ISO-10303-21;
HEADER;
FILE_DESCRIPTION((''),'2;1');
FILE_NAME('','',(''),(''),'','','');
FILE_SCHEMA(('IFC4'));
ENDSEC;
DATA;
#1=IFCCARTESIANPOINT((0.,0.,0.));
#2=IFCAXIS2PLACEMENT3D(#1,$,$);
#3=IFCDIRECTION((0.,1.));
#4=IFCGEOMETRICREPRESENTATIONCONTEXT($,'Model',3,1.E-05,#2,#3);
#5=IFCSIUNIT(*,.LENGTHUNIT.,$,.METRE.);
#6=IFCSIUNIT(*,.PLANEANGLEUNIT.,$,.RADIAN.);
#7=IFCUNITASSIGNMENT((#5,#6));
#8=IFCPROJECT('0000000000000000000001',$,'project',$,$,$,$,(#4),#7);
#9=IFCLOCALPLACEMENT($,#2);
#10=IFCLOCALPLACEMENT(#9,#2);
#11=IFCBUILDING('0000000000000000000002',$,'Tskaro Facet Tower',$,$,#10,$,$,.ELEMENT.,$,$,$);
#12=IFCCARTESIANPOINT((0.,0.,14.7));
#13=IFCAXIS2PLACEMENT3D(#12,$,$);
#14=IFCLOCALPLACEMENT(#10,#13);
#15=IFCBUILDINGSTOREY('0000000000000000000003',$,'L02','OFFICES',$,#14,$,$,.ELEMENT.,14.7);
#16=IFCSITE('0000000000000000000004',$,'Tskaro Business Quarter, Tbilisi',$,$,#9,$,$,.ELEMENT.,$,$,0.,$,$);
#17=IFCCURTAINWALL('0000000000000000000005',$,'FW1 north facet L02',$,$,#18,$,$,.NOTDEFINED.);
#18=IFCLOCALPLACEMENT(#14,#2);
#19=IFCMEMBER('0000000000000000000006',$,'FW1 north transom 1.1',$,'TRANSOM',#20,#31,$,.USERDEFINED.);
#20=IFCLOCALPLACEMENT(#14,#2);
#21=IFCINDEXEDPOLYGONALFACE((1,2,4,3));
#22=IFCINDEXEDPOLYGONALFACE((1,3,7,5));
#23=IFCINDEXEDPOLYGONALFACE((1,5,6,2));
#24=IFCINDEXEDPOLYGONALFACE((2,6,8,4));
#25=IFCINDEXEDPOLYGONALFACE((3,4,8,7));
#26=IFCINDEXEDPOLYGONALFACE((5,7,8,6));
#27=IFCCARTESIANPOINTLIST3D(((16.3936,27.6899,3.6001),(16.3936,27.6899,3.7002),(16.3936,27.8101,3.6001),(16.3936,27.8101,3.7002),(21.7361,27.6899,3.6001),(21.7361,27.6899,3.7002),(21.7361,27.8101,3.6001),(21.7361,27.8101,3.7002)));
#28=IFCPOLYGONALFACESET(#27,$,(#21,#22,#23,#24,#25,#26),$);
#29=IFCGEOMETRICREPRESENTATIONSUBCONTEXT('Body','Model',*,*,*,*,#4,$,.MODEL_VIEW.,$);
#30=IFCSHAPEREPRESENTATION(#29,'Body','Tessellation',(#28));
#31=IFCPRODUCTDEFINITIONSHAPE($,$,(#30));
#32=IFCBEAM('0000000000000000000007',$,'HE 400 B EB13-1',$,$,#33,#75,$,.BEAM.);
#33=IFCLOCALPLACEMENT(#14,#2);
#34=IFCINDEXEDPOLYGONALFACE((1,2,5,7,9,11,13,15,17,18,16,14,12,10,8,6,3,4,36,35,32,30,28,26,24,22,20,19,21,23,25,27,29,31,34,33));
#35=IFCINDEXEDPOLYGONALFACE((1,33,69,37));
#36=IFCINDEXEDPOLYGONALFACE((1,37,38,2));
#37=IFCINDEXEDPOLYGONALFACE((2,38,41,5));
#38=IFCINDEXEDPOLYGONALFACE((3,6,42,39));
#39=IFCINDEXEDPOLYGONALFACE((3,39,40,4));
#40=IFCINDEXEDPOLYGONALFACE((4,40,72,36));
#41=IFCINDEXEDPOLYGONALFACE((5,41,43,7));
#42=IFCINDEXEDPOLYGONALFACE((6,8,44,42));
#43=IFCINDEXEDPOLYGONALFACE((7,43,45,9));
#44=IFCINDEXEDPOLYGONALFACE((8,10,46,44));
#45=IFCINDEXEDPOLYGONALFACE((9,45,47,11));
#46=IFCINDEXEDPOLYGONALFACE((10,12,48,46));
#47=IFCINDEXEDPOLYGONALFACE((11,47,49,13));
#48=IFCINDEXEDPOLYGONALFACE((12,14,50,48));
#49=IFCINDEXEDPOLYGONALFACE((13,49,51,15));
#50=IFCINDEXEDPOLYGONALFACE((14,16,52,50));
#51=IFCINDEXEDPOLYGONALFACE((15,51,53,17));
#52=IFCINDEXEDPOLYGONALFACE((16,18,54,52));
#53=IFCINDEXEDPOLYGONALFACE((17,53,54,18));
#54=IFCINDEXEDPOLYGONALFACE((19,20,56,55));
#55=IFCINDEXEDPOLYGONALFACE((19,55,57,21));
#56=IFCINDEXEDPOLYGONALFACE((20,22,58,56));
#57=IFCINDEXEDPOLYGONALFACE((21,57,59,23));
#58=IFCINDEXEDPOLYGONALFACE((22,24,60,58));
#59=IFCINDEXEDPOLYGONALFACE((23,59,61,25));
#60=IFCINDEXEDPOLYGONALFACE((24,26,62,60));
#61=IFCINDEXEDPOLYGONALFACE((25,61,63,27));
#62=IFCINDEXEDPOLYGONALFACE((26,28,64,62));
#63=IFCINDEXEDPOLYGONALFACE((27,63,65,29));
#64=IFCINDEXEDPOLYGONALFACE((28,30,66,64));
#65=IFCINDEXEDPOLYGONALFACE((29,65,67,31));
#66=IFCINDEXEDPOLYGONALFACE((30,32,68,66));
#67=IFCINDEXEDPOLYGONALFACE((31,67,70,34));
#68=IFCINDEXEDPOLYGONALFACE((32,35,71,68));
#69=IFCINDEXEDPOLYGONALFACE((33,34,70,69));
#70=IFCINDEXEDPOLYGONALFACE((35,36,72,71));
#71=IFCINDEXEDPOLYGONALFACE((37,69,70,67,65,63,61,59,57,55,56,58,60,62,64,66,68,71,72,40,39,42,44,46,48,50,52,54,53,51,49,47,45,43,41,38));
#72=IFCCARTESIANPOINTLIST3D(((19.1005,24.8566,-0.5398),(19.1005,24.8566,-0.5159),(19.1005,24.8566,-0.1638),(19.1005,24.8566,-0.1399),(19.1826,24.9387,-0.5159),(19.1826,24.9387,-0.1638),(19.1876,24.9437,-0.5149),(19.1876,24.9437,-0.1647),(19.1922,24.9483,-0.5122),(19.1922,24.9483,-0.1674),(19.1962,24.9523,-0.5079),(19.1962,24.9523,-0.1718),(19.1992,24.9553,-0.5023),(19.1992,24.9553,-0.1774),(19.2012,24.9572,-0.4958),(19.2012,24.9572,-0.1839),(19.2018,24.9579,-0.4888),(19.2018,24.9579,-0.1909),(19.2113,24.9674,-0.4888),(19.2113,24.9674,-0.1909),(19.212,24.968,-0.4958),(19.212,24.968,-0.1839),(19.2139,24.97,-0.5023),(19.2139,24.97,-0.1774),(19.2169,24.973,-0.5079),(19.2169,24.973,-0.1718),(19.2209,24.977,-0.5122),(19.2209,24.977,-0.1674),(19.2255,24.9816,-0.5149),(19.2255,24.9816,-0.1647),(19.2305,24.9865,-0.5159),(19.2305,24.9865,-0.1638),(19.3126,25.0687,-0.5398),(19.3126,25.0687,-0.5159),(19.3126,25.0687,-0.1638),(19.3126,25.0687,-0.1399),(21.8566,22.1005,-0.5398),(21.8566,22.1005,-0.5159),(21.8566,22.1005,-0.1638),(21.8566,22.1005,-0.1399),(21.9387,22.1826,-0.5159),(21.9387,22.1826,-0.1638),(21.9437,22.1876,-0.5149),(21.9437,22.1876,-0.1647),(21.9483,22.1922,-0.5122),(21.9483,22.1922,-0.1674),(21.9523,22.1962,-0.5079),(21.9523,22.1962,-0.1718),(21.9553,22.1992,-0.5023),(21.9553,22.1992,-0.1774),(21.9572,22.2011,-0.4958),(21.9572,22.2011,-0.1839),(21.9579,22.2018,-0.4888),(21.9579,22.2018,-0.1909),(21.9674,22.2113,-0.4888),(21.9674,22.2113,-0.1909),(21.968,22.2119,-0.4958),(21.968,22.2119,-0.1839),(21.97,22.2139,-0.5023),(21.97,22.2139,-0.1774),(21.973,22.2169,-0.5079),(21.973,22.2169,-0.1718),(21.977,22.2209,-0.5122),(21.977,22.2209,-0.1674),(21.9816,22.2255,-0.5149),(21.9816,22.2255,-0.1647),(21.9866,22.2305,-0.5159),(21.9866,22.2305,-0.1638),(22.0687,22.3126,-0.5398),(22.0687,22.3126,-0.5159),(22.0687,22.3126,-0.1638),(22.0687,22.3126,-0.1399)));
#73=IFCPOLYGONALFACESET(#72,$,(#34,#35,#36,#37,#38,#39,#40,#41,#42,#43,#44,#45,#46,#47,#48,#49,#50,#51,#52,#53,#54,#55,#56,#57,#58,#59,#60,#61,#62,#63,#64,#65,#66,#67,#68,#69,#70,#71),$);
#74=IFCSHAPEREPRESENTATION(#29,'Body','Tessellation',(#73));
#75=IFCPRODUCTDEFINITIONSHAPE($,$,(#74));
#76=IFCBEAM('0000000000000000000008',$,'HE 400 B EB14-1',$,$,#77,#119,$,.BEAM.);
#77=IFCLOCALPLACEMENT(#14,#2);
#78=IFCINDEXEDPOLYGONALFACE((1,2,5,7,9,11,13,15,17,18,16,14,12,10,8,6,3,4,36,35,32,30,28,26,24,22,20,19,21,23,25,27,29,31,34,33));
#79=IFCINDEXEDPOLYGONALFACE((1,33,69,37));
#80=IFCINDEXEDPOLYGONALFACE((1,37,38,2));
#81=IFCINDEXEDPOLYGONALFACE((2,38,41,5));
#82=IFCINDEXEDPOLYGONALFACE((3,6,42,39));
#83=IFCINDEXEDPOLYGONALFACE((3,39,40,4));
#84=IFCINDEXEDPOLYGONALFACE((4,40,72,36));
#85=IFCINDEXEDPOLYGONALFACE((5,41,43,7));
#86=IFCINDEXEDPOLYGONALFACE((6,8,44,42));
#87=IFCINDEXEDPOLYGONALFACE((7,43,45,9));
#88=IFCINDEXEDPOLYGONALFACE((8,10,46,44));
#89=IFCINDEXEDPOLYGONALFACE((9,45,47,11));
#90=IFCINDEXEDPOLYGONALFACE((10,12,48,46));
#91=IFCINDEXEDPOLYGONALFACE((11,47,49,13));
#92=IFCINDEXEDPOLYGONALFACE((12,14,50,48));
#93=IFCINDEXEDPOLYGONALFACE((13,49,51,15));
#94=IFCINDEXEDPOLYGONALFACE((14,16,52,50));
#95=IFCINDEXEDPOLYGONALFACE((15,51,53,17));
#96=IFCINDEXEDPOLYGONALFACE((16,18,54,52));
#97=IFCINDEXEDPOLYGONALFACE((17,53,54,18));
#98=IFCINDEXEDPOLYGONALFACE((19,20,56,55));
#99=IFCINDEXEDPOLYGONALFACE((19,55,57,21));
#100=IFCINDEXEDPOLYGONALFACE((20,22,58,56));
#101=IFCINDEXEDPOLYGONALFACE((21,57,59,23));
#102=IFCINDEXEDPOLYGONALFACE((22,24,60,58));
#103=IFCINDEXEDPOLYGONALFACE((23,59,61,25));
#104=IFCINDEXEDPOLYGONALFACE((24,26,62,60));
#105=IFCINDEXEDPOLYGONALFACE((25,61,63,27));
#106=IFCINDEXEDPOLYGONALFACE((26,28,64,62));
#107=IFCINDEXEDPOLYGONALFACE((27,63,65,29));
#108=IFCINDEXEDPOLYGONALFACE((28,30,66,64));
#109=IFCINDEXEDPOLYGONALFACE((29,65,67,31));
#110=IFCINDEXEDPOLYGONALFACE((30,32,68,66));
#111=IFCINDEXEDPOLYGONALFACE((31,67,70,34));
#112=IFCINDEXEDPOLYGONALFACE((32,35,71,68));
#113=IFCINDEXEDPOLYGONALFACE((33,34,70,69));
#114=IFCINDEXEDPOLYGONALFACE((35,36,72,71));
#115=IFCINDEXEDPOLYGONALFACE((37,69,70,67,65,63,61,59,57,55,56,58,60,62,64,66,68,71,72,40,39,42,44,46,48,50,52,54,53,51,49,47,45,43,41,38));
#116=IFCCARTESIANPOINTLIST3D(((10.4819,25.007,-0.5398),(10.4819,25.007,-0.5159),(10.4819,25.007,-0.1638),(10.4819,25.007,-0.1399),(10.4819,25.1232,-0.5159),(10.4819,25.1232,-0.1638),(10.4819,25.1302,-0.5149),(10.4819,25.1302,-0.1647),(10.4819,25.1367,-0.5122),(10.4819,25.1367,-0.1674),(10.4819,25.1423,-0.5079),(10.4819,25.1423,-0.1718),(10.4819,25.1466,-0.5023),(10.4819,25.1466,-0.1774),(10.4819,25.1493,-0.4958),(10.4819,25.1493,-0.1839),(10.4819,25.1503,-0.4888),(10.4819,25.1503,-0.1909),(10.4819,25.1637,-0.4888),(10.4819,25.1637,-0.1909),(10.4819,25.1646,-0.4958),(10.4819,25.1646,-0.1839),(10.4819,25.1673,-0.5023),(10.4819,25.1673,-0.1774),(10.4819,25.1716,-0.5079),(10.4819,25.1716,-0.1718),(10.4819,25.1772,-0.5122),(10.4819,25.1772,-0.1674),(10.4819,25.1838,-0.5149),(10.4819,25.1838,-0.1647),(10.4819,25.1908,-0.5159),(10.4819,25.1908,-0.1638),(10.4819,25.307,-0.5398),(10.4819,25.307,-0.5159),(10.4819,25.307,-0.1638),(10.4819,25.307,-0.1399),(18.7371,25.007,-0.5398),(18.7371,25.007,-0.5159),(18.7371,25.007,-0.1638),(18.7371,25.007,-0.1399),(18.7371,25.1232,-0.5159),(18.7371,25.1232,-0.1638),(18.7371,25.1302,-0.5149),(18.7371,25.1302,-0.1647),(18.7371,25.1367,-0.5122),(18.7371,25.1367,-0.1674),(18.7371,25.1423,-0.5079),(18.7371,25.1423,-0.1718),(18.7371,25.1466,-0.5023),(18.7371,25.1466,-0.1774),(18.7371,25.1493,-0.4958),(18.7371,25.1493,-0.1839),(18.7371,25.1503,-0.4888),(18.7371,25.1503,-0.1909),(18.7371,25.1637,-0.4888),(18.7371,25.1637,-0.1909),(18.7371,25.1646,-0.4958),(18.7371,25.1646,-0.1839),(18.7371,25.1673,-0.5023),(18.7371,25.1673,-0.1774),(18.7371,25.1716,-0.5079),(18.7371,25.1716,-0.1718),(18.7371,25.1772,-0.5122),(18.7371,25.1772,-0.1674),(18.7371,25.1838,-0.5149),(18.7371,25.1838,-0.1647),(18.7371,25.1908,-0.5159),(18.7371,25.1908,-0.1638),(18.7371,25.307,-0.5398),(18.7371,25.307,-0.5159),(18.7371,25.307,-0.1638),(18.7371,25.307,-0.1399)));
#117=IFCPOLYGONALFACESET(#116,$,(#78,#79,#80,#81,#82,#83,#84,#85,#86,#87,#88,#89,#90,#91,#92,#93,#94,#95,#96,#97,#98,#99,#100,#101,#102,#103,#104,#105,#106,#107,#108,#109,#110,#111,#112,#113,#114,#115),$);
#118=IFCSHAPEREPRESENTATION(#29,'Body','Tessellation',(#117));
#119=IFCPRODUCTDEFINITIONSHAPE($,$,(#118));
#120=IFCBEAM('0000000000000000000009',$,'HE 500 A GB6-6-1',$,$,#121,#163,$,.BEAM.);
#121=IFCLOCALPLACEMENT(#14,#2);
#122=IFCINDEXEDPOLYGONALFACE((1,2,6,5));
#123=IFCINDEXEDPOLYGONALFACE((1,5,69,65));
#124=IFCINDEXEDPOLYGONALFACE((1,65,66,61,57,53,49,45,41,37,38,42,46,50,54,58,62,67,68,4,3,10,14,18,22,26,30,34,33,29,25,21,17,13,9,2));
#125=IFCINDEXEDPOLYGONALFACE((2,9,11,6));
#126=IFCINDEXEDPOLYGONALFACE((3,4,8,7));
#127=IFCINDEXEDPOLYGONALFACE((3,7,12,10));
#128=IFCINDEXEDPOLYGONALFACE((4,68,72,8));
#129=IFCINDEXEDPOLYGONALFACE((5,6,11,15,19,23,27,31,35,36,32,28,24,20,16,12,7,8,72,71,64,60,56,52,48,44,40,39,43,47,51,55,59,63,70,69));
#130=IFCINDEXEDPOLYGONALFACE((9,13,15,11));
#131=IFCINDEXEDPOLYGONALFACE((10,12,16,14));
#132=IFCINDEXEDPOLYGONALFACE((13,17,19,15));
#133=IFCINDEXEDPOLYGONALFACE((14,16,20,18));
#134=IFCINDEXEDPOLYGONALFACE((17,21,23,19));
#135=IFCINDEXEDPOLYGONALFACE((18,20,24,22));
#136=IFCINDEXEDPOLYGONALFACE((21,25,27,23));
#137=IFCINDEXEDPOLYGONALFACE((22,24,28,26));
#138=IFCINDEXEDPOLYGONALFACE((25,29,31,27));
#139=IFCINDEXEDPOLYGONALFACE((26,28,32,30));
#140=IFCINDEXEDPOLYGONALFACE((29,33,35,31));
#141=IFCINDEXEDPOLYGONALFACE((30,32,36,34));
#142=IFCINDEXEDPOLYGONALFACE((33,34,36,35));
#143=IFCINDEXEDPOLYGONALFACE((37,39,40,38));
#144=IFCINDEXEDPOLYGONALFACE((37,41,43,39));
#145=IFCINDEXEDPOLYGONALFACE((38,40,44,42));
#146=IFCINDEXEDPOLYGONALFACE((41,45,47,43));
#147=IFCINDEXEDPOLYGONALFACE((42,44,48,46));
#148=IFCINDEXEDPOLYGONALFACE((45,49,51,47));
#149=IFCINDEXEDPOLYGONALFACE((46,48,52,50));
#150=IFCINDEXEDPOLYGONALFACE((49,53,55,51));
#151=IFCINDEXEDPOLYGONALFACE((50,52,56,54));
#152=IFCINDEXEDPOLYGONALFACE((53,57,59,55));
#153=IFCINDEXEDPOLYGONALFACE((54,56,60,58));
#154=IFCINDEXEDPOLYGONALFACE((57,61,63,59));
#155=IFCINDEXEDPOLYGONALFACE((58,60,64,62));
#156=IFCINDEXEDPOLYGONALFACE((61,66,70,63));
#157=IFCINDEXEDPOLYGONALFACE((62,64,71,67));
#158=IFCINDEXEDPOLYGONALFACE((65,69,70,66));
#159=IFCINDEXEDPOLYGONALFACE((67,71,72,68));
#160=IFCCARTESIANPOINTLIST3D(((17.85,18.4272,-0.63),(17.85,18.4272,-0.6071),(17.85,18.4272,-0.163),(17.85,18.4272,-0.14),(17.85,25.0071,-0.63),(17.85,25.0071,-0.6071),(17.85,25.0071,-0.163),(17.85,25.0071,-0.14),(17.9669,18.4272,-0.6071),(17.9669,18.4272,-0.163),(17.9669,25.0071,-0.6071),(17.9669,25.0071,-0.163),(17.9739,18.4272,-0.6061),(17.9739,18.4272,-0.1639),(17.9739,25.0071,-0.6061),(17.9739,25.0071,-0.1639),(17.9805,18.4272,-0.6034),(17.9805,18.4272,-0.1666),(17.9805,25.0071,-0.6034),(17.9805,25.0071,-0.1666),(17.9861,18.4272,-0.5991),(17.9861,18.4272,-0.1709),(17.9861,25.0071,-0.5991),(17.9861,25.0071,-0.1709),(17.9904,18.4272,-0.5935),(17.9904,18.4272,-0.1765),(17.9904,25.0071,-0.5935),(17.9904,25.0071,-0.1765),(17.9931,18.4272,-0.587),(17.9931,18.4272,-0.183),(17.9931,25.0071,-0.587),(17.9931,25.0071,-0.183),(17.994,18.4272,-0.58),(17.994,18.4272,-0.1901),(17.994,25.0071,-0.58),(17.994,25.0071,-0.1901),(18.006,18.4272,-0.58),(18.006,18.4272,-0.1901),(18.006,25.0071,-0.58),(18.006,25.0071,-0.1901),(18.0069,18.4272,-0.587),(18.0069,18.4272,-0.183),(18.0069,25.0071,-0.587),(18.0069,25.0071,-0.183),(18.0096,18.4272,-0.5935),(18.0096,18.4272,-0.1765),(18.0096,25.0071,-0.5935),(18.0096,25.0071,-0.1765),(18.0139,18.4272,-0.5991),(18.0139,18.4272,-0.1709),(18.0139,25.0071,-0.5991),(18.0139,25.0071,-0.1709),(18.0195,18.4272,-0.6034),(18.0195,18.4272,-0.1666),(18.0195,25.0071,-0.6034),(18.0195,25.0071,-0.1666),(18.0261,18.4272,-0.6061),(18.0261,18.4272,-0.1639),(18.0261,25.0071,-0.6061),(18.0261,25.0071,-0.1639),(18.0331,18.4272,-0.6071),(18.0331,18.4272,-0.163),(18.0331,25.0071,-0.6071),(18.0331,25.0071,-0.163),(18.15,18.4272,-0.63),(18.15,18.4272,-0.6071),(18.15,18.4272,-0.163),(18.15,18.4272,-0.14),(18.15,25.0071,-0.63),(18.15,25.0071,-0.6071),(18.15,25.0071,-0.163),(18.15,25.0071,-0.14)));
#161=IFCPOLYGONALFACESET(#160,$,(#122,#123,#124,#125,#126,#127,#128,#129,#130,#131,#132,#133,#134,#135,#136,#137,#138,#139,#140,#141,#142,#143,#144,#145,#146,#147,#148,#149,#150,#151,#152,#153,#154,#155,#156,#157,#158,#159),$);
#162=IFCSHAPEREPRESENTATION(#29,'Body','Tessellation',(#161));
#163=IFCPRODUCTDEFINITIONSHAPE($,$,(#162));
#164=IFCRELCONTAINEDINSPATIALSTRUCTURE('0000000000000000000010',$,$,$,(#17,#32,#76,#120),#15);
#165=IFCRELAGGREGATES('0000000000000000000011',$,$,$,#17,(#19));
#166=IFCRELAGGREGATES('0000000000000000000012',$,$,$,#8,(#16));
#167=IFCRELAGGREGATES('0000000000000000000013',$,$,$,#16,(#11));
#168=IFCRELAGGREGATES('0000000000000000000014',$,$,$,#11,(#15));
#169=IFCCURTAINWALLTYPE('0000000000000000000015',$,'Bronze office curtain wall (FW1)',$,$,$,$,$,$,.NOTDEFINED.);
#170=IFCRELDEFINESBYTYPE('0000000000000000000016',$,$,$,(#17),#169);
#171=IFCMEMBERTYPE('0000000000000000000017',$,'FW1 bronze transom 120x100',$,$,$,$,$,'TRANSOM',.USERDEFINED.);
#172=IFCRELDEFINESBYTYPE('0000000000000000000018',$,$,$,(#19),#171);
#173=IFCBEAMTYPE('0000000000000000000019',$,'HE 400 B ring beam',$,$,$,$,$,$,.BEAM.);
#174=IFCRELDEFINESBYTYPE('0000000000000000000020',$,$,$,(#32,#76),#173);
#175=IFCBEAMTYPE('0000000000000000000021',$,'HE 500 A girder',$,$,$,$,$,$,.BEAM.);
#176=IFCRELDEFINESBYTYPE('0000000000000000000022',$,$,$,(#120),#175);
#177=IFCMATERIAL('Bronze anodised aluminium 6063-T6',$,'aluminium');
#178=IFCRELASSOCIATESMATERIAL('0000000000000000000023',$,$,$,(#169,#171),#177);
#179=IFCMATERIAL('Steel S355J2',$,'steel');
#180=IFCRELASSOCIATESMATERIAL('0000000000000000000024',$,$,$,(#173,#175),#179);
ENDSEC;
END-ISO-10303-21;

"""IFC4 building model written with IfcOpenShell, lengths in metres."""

from ifc_helpers import new_model, si_unit, direction, frame, origin, origin_2d, place, context, subcontext, project, spatial, rectangle, i_section, extrude, material, material_profile, profile_set, type_object, element, aggregate, save


model = new_model("IFC4")

# Units and contexts
model_context = context("Model", 3, precision=1e-05, world=origin(), true_north=direction((0.0, 1.0)))
body_context = subcontext(model_context, "Body", "Model", "MODEL_VIEW")
ifc_project = project(units=[si_unit("LENGTHUNIT", "METRE"), si_unit("PLANEANGLEUNIT", "RADIAN")], contexts=[model_context])

# Site, building, storey
site_placement = place(None, origin())
site = spatial("IfcSite", under=ifc_project, at=site_placement, Name="Tskaro Business Quarter, Tbilisi", CompositionType="ELEMENT", RefElevation=0.0)
building_placement = place(site_placement, origin())
building = spatial("IfcBuilding", under=site, at=building_placement, Name="Tskaro Facet Tower", CompositionType="ELEMENT")
storey_placement = place(building_placement, frame((0.0, 0.0, 14.7)))
storey = spatial("IfcBuildingStorey", under=building, at=storey_placement, Name="L02", Description="OFFICES", CompositionType="ELEMENT", Elevation=14.7)

# Curtain wall
ifc_material_1 = material(Name="Bronze anodised aluminium 6063-T6", Category="aluminium")
curtain_wall_type = type_object("IfcCurtainWallType", Name="Bronze office curtain wall (FW1)", PredefinedType="NOTDEFINED", material=ifc_material_1)
curtain_wall_1_placement = place(storey_placement, origin())
curtain_wall_1 = element("IfcCurtainWall", 1, at=curtain_wall_1_placement, inside=storey, type_object=curtain_wall_type, Name="FW1 north facet L02", PredefinedType="NOTDEFINED")

# Member
ifc_material_profile_1 = material_profile(ifc_material_1, rectangle(XDim=0.1201, YDim=0.1001, at=origin_2d()), Name="Transom 120x100")
ifc_profile_set_1 = profile_set([ifc_material_profile_1], Name="Bronze anodised aluminium 6063-T6")
member_type_1 = type_object("IfcMemberType", Name="FW1 bronze transom 120x100", ElementType="TRANSOM", PredefinedType="USERDEFINED", material=ifc_profile_set_1)
member_1_placement = place(storey_placement, frame((21.7361, 27.75, 3.6501), z_axis=(-1.0, 0.0, 0.0), x_axis=(0.0, -1.0, 0.0)))
member_1 = element("IfcMember", 2, at=member_1_placement, type_object=member_type_1, Name="FW1 north transom 1.1", ObjectType="TRANSOM", PredefinedType="USERDEFINED", context=body_context, shape_type="SweptSolid", body=[
    extrude(rectangle(XDim=0.1201, YDim=0.1001, at=origin_2d()), origin(), (0.0, 0.0, 1.0), 5.3425),
])

# Beams
ifc_material_2 = material(Name="Steel S355J2", Category="steel")
ifc_material_profile_2 = material_profile(ifc_material_2, i_section(OverallWidth=0.3, OverallDepth=0.3999, WebThickness=0.0134, FlangeThickness=0.0239, FilletRadius=0.0271, at=origin_2d()), Name="HE 400 B")
ifc_profile_set_2 = profile_set([ifc_material_profile_2], Name="Steel S355J2")
beam_type_1 = type_object("IfcBeamType", Name="HE 400 B ring beam", PredefinedType="BEAM", material=ifc_profile_set_2)
beam_1_placement = place(storey_placement, frame((21.9626, 22.2065, -0.3398), z_axis=(-0.707107, 0.707107, 0.0), x_axis=(-0.707107, -0.707107, 0.0)))
element("IfcBeam", 3, at=beam_1_placement, inside=storey, type_object=beam_type_1, Name="HE 400 B EB13-1", PredefinedType="BEAM", context=body_context, shape_type="SweptSolid", body=[
    extrude(i_section(OverallWidth=0.3, OverallDepth=0.3999, WebThickness=0.0134, FlangeThickness=0.0239, FilletRadius=0.0271, at=origin_2d()), origin(), (0.0, 0.0, 1.0), 3.8977),
])
beam_2_placement = place(storey_placement, frame((18.7371, 25.157, -0.3398), z_axis=(-1.0, 0.0, 0.0), x_axis=(0.0, -1.0, 0.0)))
element("IfcBeam", 4, at=beam_2_placement, inside=storey, type_object=beam_type_1, Name="HE 400 B EB14-1", PredefinedType="BEAM", context=body_context, shape_type="SweptSolid", body=[
    extrude(i_section(OverallWidth=0.3, OverallDepth=0.3999, WebThickness=0.0134, FlangeThickness=0.0239, FilletRadius=0.0271, at=origin_2d()), origin(), (0.0, 0.0, 1.0), 8.2551),
])
ifc_material_profile_3 = material_profile(ifc_material_2, i_section(OverallWidth=0.3, OverallDepth=0.49, WebThickness=0.012, FlangeThickness=0.0229, FilletRadius=0.0271, at=origin_2d()), Name="HE 500 A")
ifc_profile_set_3 = profile_set([ifc_material_profile_3], Name="Steel S355J2")
beam_type_2 = type_object("IfcBeamType", Name="HE 500 A girder", PredefinedType="BEAM", material=ifc_profile_set_3)
beam_3_placement = place(storey_placement, frame((18.0, 18.4272, -0.385), z_axis=(0.0, 1.0, 0.0), x_axis=(-1.0, 0.0, 0.0)))
element("IfcBeam", 5, at=beam_3_placement, inside=storey, type_object=beam_type_2, Name="HE 500 A GB6-6-1", PredefinedType="BEAM", context=body_context, shape_type="SweptSolid", body=[
    extrude(i_section(OverallWidth=0.3, OverallDepth=0.49, WebThickness=0.012, FlangeThickness=0.0229, FilletRadius=0.0271, at=origin_2d()), origin(), (0.0, 0.0, 1.0), 6.5798),
])

aggregate(curtain_wall_1, [member_1])

save(model, "model.ifc")
